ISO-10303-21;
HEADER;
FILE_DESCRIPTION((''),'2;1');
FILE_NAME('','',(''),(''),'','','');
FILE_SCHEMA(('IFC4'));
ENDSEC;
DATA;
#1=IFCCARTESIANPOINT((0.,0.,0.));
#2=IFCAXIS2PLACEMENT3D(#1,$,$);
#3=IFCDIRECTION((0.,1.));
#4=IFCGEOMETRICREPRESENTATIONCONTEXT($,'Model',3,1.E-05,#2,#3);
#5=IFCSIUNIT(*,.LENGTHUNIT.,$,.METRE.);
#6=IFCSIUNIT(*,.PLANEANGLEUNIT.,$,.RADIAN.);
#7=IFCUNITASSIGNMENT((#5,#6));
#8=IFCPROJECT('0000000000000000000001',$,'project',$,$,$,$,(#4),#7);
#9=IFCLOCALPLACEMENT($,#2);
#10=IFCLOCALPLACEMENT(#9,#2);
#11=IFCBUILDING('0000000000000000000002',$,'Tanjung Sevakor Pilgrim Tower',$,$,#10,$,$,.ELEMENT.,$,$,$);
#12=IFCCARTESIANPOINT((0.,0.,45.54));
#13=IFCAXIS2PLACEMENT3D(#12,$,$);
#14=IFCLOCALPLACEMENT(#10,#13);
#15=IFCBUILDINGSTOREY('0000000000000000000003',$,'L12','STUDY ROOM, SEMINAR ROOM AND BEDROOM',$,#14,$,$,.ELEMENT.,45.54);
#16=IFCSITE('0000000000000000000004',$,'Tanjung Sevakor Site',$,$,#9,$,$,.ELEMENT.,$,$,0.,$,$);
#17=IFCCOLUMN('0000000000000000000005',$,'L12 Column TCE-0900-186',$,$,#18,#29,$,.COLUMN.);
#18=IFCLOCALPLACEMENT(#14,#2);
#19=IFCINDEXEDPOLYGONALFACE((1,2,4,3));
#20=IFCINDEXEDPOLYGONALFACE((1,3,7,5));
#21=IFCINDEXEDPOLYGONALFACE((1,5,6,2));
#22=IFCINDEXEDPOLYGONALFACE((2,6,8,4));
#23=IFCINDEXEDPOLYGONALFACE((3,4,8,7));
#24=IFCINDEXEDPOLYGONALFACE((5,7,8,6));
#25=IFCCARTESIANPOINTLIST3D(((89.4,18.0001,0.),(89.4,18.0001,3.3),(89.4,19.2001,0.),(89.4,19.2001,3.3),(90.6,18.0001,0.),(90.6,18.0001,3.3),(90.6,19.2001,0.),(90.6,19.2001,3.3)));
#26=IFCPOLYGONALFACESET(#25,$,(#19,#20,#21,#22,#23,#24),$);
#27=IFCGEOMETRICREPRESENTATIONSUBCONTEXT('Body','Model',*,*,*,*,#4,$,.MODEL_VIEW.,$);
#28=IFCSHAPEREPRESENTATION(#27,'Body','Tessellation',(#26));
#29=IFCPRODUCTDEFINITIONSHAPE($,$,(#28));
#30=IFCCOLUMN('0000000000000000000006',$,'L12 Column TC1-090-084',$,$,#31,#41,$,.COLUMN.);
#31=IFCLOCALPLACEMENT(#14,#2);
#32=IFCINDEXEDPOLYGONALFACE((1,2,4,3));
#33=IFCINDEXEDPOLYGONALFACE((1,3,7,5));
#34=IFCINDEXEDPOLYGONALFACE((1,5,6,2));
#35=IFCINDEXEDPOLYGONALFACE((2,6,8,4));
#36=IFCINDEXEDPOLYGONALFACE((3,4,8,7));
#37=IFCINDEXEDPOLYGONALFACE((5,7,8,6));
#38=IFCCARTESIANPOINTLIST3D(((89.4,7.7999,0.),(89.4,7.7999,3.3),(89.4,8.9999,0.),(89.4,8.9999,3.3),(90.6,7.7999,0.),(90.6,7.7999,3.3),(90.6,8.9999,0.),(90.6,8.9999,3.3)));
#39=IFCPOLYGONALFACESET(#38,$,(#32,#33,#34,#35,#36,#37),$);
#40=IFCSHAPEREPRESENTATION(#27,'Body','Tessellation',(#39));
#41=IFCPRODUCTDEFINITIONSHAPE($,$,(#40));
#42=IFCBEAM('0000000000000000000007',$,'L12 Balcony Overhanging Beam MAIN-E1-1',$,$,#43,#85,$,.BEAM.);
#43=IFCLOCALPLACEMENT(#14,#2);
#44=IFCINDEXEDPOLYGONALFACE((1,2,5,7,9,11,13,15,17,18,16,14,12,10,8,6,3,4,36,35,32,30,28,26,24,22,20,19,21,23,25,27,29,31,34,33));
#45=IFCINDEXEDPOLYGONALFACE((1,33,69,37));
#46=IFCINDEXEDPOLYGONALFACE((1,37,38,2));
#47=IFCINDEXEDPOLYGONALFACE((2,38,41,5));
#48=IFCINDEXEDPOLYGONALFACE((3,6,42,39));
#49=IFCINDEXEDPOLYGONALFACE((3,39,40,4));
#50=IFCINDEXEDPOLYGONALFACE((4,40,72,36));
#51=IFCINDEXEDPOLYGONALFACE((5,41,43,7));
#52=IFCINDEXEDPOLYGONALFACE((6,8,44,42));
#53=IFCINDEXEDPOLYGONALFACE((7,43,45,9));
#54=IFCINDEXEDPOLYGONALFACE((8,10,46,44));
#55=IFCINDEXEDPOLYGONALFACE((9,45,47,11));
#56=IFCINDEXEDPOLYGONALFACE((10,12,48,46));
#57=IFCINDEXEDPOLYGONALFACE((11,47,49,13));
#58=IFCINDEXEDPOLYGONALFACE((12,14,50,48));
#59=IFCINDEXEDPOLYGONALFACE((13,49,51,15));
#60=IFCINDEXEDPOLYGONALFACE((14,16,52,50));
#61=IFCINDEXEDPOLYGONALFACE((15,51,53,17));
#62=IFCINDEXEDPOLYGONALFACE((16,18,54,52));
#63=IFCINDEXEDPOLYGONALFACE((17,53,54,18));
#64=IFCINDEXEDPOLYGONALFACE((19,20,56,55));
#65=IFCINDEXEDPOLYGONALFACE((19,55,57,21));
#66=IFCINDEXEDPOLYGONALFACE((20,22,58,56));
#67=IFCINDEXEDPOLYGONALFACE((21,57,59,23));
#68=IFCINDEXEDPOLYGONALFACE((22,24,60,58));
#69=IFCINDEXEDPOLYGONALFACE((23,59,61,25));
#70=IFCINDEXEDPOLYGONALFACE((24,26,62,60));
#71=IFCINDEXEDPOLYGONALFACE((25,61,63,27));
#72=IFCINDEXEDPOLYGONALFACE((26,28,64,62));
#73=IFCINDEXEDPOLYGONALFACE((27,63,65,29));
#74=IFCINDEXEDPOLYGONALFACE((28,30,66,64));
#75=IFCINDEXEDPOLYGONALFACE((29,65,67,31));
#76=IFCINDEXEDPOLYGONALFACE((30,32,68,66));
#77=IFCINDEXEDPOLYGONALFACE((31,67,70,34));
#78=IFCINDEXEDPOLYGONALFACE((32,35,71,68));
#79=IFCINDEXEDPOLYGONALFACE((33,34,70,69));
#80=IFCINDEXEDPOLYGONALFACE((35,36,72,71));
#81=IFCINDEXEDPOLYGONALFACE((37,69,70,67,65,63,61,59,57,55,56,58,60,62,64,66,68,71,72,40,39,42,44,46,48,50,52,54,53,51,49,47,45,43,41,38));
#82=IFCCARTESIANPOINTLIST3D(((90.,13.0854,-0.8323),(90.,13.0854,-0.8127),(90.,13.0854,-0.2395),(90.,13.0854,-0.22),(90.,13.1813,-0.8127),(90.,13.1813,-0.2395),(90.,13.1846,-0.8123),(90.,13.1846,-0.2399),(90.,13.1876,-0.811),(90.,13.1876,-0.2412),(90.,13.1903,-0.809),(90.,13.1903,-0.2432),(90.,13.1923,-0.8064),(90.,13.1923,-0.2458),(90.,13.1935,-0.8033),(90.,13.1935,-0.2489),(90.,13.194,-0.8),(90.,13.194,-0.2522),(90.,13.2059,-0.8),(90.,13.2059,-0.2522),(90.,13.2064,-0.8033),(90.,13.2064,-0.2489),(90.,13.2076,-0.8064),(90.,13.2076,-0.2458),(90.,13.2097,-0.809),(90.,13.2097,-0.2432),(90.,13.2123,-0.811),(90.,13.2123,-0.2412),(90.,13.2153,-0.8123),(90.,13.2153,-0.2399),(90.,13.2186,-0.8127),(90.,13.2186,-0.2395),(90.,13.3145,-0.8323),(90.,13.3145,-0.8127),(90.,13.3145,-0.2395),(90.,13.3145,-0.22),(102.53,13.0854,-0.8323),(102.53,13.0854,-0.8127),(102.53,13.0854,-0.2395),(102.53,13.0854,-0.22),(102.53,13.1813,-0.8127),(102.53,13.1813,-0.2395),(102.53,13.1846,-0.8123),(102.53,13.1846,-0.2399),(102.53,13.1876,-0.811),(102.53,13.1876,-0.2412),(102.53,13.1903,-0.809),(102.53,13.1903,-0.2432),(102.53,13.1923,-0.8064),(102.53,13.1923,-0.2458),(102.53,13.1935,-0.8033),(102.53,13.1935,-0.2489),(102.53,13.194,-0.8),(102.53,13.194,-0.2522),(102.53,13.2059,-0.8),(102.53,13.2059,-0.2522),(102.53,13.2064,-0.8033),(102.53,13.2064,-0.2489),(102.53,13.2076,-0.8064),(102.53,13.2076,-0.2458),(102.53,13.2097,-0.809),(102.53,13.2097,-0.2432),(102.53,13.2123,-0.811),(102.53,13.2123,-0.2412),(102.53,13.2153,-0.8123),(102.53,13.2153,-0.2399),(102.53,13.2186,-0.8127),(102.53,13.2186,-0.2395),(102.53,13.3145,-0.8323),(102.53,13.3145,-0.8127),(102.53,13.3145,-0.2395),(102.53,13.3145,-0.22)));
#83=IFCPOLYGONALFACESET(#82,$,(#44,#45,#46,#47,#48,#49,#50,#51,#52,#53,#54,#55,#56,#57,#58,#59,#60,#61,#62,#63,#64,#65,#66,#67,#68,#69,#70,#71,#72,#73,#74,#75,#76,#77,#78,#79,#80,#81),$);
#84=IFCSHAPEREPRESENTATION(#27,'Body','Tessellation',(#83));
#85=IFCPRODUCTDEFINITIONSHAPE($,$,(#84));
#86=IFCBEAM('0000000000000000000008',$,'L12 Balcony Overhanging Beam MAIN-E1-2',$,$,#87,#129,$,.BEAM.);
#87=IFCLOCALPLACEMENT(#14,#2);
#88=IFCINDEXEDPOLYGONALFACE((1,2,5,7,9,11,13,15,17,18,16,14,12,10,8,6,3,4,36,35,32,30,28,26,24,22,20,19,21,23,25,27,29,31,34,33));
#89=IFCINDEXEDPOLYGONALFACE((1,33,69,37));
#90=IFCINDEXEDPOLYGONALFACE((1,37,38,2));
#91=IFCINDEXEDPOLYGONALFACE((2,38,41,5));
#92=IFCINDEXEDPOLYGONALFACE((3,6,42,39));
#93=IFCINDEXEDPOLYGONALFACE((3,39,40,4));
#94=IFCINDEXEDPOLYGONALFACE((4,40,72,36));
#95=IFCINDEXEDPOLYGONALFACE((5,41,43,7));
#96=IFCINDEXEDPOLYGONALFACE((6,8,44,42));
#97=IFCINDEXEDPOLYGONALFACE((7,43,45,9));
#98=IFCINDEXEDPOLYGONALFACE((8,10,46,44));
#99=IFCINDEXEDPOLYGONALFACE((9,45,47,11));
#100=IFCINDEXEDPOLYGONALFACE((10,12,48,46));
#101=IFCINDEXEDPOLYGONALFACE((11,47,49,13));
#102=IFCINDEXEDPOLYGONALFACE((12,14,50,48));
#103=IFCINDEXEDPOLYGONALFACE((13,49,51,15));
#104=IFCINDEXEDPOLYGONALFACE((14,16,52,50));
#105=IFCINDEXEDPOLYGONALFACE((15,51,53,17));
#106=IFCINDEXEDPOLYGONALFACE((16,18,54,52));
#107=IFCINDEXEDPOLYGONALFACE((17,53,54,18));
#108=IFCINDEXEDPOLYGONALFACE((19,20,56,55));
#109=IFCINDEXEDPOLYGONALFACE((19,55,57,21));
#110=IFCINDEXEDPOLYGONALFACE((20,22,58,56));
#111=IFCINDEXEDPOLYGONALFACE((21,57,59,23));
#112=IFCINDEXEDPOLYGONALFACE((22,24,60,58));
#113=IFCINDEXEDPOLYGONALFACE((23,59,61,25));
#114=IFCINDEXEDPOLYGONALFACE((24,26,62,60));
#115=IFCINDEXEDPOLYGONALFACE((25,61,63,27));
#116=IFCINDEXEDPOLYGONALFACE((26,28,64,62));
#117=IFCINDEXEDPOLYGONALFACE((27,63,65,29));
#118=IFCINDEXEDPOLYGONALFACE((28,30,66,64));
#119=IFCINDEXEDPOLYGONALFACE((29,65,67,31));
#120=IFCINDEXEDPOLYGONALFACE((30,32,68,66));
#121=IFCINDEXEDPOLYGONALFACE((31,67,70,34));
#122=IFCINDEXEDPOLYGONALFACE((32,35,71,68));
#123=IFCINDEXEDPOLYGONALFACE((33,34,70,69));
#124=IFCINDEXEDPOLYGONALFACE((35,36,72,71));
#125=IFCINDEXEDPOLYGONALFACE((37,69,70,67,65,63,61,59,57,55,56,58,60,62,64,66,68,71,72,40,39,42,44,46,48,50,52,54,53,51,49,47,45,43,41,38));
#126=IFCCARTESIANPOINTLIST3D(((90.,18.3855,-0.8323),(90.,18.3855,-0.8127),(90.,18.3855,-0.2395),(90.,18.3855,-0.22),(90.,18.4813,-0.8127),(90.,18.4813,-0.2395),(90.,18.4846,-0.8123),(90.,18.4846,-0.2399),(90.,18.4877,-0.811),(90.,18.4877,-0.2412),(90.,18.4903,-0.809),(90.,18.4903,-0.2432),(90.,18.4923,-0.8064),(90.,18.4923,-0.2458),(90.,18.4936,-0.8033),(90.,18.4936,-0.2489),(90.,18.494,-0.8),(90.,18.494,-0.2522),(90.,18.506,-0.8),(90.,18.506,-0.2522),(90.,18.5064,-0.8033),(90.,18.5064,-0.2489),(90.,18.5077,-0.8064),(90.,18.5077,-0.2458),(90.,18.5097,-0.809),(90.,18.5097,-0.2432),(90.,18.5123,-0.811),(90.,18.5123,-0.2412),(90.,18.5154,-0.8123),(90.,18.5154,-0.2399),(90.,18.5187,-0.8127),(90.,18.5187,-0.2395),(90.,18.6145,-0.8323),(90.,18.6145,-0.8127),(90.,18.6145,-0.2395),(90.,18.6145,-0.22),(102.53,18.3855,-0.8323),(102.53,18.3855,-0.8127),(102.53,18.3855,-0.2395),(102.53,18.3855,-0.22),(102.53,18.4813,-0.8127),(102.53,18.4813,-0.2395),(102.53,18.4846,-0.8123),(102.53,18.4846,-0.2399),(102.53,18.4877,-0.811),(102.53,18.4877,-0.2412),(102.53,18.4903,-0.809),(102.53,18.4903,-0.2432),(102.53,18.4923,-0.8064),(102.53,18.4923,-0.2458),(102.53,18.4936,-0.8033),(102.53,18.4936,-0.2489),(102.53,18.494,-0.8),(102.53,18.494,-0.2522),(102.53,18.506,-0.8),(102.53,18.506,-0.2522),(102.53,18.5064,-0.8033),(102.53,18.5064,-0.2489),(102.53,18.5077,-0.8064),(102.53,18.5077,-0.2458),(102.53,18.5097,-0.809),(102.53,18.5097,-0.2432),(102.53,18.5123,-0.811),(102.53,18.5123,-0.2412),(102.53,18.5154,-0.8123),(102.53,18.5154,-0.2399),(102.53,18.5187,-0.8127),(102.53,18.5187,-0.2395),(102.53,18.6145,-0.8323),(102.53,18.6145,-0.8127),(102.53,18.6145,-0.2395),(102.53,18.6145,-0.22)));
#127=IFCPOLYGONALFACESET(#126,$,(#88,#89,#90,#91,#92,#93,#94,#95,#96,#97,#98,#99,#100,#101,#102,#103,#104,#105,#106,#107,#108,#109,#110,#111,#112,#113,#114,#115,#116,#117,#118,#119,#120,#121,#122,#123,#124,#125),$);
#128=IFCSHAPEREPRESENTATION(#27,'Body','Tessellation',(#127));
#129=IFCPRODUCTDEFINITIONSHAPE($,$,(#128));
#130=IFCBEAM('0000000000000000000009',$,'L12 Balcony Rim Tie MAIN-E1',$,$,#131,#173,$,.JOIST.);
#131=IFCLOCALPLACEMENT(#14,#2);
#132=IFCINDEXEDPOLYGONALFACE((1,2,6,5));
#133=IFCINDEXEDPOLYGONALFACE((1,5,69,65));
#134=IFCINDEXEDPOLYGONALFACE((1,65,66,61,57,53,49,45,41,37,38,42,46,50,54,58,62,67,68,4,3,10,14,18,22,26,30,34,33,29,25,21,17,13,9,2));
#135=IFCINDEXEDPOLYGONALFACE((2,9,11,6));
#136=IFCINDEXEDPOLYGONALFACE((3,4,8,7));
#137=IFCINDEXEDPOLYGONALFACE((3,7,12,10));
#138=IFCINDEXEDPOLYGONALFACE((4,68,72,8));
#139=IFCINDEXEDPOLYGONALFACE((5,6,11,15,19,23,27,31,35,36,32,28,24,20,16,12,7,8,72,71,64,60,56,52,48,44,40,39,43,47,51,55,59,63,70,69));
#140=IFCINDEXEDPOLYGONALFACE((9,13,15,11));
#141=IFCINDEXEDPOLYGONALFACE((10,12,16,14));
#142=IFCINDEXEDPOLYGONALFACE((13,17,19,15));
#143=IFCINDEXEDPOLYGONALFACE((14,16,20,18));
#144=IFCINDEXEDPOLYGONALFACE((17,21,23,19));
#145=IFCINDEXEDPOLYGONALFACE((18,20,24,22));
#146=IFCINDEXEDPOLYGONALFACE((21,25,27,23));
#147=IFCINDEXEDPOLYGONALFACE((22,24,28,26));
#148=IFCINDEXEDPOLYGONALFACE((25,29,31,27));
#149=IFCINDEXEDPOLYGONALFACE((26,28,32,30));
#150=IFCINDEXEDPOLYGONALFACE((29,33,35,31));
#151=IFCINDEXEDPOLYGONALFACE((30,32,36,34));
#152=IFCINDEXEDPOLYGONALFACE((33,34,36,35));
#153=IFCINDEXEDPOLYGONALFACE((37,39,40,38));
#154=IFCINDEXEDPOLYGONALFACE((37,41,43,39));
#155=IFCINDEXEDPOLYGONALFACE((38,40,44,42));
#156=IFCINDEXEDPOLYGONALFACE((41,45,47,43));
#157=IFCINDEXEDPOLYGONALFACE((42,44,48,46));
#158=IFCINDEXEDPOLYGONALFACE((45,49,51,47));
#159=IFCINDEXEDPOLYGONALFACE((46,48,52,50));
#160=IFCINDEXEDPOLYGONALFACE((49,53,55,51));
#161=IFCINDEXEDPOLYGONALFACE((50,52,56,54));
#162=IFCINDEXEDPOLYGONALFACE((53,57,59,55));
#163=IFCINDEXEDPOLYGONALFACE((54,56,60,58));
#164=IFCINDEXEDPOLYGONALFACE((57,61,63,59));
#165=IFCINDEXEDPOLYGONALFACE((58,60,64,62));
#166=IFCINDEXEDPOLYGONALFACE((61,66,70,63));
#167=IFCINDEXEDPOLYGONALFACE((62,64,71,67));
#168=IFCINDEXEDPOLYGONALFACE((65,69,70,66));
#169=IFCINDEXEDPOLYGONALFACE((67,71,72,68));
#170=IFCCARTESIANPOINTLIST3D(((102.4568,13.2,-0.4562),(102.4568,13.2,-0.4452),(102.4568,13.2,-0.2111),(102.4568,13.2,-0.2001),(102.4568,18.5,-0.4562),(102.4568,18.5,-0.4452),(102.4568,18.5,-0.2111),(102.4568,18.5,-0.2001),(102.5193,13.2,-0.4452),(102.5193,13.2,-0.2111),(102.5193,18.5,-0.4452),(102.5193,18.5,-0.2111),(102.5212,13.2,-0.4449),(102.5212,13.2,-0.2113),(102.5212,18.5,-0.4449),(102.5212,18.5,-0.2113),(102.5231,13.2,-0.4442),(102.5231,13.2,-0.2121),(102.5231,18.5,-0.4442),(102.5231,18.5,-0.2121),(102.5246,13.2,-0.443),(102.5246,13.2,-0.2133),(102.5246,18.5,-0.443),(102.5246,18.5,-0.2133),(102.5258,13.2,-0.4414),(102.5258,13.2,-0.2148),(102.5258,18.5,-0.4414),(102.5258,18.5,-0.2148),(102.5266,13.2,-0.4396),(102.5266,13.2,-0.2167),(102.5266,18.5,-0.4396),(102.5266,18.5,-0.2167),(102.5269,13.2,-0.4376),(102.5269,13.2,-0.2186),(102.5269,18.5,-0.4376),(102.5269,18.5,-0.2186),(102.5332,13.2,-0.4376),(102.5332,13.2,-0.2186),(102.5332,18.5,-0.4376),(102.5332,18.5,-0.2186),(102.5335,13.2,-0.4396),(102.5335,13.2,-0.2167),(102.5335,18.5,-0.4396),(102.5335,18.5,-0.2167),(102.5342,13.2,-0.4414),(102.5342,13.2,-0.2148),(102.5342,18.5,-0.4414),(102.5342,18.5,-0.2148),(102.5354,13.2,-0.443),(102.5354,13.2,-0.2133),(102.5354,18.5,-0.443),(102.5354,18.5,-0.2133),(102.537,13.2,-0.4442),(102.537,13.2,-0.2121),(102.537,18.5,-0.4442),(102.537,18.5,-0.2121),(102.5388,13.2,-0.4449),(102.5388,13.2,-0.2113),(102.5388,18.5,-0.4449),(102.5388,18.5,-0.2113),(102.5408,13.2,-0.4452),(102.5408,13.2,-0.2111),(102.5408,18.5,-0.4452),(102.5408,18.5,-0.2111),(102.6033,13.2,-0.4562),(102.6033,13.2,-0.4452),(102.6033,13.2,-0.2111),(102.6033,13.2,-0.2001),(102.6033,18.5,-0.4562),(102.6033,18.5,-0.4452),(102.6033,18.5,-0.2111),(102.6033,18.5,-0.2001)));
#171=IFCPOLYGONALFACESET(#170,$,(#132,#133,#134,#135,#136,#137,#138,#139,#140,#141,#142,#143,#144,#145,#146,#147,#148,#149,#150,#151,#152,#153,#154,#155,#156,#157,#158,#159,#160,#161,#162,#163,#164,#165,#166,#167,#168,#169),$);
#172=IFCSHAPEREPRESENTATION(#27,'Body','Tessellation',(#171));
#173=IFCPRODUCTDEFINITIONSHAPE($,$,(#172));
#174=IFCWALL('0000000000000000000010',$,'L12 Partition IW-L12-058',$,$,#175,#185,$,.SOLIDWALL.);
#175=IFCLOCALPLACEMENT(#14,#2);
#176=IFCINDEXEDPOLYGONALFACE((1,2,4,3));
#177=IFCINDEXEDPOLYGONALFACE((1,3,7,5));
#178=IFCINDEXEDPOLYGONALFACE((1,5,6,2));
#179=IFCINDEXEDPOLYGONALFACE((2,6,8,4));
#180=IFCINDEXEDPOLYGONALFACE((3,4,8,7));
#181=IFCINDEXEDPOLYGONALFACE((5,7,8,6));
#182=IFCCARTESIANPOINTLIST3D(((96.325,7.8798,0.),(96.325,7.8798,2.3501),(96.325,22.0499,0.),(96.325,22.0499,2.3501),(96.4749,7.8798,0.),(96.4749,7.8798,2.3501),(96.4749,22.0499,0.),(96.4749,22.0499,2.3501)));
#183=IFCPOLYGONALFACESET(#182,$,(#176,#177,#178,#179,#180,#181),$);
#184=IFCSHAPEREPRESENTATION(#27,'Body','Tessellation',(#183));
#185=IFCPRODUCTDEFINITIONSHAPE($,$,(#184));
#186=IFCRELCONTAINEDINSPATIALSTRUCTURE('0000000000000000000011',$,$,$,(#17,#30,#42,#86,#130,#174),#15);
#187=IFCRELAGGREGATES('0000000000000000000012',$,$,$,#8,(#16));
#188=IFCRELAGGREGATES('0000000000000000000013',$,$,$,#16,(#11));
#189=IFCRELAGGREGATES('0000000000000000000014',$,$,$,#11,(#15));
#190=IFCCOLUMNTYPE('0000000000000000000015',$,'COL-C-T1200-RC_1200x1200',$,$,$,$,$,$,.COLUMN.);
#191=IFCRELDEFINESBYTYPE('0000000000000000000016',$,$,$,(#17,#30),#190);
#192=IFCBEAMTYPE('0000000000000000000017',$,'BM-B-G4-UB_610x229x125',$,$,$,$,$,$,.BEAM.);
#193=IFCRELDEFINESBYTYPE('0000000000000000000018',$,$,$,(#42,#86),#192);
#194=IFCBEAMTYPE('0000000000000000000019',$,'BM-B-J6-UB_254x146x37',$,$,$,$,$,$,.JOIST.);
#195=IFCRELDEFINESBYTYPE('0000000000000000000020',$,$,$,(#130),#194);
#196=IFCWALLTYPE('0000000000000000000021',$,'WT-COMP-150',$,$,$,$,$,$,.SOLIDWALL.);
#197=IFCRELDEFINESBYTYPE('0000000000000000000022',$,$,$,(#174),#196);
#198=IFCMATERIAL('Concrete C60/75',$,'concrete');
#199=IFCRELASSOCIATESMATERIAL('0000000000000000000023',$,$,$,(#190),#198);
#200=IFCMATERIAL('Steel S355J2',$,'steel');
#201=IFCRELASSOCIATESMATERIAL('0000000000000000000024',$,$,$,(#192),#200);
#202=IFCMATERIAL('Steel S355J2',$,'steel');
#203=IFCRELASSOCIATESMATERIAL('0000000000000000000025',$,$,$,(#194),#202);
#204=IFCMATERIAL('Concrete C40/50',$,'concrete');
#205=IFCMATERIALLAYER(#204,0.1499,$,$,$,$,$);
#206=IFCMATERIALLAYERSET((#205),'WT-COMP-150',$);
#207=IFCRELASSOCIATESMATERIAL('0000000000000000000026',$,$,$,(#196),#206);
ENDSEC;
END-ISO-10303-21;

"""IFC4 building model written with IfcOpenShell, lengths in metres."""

from ifc_helpers import new_model, si_unit, direction, frame, frame_2d, origin, origin_2d, place, context, subcontext, project, spatial, rectangle, i_section, extrude, material, layer, layer_set, material_profile, profile_set, type_object, element, save


model = new_model("IFC4")

# Units and contexts
model_context = context("Model", 3, precision=1e-05, world=origin(), true_north=direction((0.0, 1.0)))
body_context = subcontext(model_context, "Body", "Model", "MODEL_VIEW")
ifc_project = project(units=[si_unit("LENGTHUNIT", "METRE"), si_unit("PLANEANGLEUNIT", "RADIAN")], contexts=[model_context])

# Site, building, storey
site_placement = place(None, origin())
site = spatial("IfcSite", under=ifc_project, at=site_placement, Name="Tanjung Sevakor Site", CompositionType="ELEMENT", RefElevation=0.0)
building_placement = place(site_placement, origin())
building = spatial("IfcBuilding", under=site, at=building_placement, Name="Tanjung Sevakor Pilgrim Tower", CompositionType="ELEMENT")
storey_placement = place(building_placement, frame((0.0, 0.0, 45.54)))
storey = spatial("IfcBuildingStorey", under=building, at=storey_placement, Name="L12", Description="STUDY ROOM, SEMINAR ROOM AND BEDROOM", CompositionType="ELEMENT", Elevation=45.54)

# Columns
ifc_material_1 = material(Name="Concrete C60/75", Category="concrete")
ifc_material_profile_1 = material_profile(ifc_material_1, rectangle(XDim=1.2, YDim=1.2, at=origin_2d()))
ifc_profile_set_1 = profile_set([ifc_material_profile_1], Name="Concrete C60/75")
column_type = type_object("IfcColumnType", Name="COL-C-T1200-RC_1200x1200", PredefinedType="COLUMN", material=ifc_profile_set_1)
for number, where, z_axis, x_axis, name in (
    (1, (90.0, 18.6001, 0.0), (0.0, 0.0, 1.0), (1.0, 0.0, 0.0), "L12 Column TCE-0900-186"),
    (2, (90.0, 8.3999, 0.0), (0.0, 0.0, 1.0), (1.0, 0.0, 0.0), "L12 Column TC1-090-084"),
):
    element("IfcColumn", number, at=place(storey_placement, frame(where, z_axis=z_axis, x_axis=x_axis)), inside=storey, type_object=column_type, Name=name, PredefinedType="COLUMN", context=body_context, shape_type="SweptSolid", body=[
        extrude(rectangle(XDim=1.2, YDim=1.2, at=origin_2d()), origin(), (0.0, 0.0, 1.0), 3.3),
    ])

# Beams
ifc_material_2 = material(Name="Steel S355J2", Category="steel")
ifc_material_profile_2 = material_profile(ifc_material_2, i_section(OverallWidth=0.229, OverallDepth=0.6123, WebThickness=0.012, FlangeThickness=0.0195, FilletRadius=0.0127, at=origin_2d()))
ifc_profile_set_2 = profile_set([ifc_material_profile_2], Name="Steel S355J2")
beam_type_1 = type_object("IfcBeamType", Name="BM-B-G4-UB_610x229x125", PredefinedType="BEAM", material=ifc_profile_set_2)
for number, where, z_axis, x_axis, name in (
    (3, (90.0, 13.2, -0.5261), (1.0, 0.0, 0.0), (0.0, 1.0, 0.0), "L12 Balcony Overhanging Beam MAIN-E1-1"),
    (4, (90.0, 18.5, -0.5261), (1.0, 0.0, 0.0), (0.0, 1.0, 0.0), "L12 Balcony Overhanging Beam MAIN-E1-2"),
):
    element("IfcBeam", number, at=place(storey_placement, frame(where, z_axis=z_axis, x_axis=x_axis)), inside=storey, type_object=beam_type_1, Name=name, PredefinedType="BEAM", context=body_context, shape_type="SweptSolid", body=[
        extrude(i_section(OverallWidth=0.229, OverallDepth=0.6123, WebThickness=0.012, FlangeThickness=0.0195, FilletRadius=0.0127, at=origin_2d()), origin(), (0.0, 0.0, 1.0), 12.53),
    ])
ifc_material_3 = material(Name="Steel S355J2", Category="steel")
ifc_material_profile_3 = material_profile(ifc_material_3, i_section(OverallWidth=0.1465, OverallDepth=0.2561, WebThickness=0.0063, FlangeThickness=0.011, FilletRadius=0.0076, at=origin_2d()))
ifc_profile_set_3 = profile_set([ifc_material_profile_3], Name="Steel S355J2")
beam_type_2 = type_object("IfcBeamType", Name="BM-B-J6-UB_254x146x37", PredefinedType="JOIST", material=ifc_profile_set_3)
beam_placement = place(storey_placement, frame((102.53, 13.2, -0.3281), z_axis=(0.0, 1.0, 0.0), x_axis=(-1.0, 0.0, 0.0)))
element("IfcBeam", 5, at=beam_placement, inside=storey, type_object=beam_type_2, Name="L12 Balcony Rim Tie MAIN-E1", PredefinedType="JOIST", context=body_context, shape_type="SweptSolid", body=[
    extrude(i_section(OverallWidth=0.1465, OverallDepth=0.2561, WebThickness=0.0063, FlangeThickness=0.011, FilletRadius=0.0076, at=origin_2d()), origin(), (0.0, 0.0, 1.0), 5.3),
])

# Wall
ifc_material_4 = material(Name="Concrete C40/50", Category="concrete")
ifc_layer_1 = layer(ifc_material_4, 0.1499)
ifc_layer_set_1 = layer_set([ifc_layer_1], Name="WT-COMP-150")
wall_type_1 = type_object("IfcWallType", Name="WT-COMP-150", PredefinedType="SOLIDWALL", material=ifc_layer_set_1)
wall_1_placement = place(storey_placement, frame((96.3999, 7.8799, 0.0), z_axis=(0.0, 0.0, 1.0), x_axis=(0.0, 1.0, 0.0)))
element("IfcWall", 6, at=wall_1_placement, inside=storey, type_object=wall_type_1, Name="L12 Partition IW-L12-058", PredefinedType="SOLIDWALL", context=body_context, shape_type="SweptSolid", body=[
    extrude(rectangle(XDim=14.1702, YDim=0.1499, at=frame_2d((7.085, 0.0))), origin(), (0.0, 0.0, 1.0), 2.3501),
])

save(model, "model.ifc")
